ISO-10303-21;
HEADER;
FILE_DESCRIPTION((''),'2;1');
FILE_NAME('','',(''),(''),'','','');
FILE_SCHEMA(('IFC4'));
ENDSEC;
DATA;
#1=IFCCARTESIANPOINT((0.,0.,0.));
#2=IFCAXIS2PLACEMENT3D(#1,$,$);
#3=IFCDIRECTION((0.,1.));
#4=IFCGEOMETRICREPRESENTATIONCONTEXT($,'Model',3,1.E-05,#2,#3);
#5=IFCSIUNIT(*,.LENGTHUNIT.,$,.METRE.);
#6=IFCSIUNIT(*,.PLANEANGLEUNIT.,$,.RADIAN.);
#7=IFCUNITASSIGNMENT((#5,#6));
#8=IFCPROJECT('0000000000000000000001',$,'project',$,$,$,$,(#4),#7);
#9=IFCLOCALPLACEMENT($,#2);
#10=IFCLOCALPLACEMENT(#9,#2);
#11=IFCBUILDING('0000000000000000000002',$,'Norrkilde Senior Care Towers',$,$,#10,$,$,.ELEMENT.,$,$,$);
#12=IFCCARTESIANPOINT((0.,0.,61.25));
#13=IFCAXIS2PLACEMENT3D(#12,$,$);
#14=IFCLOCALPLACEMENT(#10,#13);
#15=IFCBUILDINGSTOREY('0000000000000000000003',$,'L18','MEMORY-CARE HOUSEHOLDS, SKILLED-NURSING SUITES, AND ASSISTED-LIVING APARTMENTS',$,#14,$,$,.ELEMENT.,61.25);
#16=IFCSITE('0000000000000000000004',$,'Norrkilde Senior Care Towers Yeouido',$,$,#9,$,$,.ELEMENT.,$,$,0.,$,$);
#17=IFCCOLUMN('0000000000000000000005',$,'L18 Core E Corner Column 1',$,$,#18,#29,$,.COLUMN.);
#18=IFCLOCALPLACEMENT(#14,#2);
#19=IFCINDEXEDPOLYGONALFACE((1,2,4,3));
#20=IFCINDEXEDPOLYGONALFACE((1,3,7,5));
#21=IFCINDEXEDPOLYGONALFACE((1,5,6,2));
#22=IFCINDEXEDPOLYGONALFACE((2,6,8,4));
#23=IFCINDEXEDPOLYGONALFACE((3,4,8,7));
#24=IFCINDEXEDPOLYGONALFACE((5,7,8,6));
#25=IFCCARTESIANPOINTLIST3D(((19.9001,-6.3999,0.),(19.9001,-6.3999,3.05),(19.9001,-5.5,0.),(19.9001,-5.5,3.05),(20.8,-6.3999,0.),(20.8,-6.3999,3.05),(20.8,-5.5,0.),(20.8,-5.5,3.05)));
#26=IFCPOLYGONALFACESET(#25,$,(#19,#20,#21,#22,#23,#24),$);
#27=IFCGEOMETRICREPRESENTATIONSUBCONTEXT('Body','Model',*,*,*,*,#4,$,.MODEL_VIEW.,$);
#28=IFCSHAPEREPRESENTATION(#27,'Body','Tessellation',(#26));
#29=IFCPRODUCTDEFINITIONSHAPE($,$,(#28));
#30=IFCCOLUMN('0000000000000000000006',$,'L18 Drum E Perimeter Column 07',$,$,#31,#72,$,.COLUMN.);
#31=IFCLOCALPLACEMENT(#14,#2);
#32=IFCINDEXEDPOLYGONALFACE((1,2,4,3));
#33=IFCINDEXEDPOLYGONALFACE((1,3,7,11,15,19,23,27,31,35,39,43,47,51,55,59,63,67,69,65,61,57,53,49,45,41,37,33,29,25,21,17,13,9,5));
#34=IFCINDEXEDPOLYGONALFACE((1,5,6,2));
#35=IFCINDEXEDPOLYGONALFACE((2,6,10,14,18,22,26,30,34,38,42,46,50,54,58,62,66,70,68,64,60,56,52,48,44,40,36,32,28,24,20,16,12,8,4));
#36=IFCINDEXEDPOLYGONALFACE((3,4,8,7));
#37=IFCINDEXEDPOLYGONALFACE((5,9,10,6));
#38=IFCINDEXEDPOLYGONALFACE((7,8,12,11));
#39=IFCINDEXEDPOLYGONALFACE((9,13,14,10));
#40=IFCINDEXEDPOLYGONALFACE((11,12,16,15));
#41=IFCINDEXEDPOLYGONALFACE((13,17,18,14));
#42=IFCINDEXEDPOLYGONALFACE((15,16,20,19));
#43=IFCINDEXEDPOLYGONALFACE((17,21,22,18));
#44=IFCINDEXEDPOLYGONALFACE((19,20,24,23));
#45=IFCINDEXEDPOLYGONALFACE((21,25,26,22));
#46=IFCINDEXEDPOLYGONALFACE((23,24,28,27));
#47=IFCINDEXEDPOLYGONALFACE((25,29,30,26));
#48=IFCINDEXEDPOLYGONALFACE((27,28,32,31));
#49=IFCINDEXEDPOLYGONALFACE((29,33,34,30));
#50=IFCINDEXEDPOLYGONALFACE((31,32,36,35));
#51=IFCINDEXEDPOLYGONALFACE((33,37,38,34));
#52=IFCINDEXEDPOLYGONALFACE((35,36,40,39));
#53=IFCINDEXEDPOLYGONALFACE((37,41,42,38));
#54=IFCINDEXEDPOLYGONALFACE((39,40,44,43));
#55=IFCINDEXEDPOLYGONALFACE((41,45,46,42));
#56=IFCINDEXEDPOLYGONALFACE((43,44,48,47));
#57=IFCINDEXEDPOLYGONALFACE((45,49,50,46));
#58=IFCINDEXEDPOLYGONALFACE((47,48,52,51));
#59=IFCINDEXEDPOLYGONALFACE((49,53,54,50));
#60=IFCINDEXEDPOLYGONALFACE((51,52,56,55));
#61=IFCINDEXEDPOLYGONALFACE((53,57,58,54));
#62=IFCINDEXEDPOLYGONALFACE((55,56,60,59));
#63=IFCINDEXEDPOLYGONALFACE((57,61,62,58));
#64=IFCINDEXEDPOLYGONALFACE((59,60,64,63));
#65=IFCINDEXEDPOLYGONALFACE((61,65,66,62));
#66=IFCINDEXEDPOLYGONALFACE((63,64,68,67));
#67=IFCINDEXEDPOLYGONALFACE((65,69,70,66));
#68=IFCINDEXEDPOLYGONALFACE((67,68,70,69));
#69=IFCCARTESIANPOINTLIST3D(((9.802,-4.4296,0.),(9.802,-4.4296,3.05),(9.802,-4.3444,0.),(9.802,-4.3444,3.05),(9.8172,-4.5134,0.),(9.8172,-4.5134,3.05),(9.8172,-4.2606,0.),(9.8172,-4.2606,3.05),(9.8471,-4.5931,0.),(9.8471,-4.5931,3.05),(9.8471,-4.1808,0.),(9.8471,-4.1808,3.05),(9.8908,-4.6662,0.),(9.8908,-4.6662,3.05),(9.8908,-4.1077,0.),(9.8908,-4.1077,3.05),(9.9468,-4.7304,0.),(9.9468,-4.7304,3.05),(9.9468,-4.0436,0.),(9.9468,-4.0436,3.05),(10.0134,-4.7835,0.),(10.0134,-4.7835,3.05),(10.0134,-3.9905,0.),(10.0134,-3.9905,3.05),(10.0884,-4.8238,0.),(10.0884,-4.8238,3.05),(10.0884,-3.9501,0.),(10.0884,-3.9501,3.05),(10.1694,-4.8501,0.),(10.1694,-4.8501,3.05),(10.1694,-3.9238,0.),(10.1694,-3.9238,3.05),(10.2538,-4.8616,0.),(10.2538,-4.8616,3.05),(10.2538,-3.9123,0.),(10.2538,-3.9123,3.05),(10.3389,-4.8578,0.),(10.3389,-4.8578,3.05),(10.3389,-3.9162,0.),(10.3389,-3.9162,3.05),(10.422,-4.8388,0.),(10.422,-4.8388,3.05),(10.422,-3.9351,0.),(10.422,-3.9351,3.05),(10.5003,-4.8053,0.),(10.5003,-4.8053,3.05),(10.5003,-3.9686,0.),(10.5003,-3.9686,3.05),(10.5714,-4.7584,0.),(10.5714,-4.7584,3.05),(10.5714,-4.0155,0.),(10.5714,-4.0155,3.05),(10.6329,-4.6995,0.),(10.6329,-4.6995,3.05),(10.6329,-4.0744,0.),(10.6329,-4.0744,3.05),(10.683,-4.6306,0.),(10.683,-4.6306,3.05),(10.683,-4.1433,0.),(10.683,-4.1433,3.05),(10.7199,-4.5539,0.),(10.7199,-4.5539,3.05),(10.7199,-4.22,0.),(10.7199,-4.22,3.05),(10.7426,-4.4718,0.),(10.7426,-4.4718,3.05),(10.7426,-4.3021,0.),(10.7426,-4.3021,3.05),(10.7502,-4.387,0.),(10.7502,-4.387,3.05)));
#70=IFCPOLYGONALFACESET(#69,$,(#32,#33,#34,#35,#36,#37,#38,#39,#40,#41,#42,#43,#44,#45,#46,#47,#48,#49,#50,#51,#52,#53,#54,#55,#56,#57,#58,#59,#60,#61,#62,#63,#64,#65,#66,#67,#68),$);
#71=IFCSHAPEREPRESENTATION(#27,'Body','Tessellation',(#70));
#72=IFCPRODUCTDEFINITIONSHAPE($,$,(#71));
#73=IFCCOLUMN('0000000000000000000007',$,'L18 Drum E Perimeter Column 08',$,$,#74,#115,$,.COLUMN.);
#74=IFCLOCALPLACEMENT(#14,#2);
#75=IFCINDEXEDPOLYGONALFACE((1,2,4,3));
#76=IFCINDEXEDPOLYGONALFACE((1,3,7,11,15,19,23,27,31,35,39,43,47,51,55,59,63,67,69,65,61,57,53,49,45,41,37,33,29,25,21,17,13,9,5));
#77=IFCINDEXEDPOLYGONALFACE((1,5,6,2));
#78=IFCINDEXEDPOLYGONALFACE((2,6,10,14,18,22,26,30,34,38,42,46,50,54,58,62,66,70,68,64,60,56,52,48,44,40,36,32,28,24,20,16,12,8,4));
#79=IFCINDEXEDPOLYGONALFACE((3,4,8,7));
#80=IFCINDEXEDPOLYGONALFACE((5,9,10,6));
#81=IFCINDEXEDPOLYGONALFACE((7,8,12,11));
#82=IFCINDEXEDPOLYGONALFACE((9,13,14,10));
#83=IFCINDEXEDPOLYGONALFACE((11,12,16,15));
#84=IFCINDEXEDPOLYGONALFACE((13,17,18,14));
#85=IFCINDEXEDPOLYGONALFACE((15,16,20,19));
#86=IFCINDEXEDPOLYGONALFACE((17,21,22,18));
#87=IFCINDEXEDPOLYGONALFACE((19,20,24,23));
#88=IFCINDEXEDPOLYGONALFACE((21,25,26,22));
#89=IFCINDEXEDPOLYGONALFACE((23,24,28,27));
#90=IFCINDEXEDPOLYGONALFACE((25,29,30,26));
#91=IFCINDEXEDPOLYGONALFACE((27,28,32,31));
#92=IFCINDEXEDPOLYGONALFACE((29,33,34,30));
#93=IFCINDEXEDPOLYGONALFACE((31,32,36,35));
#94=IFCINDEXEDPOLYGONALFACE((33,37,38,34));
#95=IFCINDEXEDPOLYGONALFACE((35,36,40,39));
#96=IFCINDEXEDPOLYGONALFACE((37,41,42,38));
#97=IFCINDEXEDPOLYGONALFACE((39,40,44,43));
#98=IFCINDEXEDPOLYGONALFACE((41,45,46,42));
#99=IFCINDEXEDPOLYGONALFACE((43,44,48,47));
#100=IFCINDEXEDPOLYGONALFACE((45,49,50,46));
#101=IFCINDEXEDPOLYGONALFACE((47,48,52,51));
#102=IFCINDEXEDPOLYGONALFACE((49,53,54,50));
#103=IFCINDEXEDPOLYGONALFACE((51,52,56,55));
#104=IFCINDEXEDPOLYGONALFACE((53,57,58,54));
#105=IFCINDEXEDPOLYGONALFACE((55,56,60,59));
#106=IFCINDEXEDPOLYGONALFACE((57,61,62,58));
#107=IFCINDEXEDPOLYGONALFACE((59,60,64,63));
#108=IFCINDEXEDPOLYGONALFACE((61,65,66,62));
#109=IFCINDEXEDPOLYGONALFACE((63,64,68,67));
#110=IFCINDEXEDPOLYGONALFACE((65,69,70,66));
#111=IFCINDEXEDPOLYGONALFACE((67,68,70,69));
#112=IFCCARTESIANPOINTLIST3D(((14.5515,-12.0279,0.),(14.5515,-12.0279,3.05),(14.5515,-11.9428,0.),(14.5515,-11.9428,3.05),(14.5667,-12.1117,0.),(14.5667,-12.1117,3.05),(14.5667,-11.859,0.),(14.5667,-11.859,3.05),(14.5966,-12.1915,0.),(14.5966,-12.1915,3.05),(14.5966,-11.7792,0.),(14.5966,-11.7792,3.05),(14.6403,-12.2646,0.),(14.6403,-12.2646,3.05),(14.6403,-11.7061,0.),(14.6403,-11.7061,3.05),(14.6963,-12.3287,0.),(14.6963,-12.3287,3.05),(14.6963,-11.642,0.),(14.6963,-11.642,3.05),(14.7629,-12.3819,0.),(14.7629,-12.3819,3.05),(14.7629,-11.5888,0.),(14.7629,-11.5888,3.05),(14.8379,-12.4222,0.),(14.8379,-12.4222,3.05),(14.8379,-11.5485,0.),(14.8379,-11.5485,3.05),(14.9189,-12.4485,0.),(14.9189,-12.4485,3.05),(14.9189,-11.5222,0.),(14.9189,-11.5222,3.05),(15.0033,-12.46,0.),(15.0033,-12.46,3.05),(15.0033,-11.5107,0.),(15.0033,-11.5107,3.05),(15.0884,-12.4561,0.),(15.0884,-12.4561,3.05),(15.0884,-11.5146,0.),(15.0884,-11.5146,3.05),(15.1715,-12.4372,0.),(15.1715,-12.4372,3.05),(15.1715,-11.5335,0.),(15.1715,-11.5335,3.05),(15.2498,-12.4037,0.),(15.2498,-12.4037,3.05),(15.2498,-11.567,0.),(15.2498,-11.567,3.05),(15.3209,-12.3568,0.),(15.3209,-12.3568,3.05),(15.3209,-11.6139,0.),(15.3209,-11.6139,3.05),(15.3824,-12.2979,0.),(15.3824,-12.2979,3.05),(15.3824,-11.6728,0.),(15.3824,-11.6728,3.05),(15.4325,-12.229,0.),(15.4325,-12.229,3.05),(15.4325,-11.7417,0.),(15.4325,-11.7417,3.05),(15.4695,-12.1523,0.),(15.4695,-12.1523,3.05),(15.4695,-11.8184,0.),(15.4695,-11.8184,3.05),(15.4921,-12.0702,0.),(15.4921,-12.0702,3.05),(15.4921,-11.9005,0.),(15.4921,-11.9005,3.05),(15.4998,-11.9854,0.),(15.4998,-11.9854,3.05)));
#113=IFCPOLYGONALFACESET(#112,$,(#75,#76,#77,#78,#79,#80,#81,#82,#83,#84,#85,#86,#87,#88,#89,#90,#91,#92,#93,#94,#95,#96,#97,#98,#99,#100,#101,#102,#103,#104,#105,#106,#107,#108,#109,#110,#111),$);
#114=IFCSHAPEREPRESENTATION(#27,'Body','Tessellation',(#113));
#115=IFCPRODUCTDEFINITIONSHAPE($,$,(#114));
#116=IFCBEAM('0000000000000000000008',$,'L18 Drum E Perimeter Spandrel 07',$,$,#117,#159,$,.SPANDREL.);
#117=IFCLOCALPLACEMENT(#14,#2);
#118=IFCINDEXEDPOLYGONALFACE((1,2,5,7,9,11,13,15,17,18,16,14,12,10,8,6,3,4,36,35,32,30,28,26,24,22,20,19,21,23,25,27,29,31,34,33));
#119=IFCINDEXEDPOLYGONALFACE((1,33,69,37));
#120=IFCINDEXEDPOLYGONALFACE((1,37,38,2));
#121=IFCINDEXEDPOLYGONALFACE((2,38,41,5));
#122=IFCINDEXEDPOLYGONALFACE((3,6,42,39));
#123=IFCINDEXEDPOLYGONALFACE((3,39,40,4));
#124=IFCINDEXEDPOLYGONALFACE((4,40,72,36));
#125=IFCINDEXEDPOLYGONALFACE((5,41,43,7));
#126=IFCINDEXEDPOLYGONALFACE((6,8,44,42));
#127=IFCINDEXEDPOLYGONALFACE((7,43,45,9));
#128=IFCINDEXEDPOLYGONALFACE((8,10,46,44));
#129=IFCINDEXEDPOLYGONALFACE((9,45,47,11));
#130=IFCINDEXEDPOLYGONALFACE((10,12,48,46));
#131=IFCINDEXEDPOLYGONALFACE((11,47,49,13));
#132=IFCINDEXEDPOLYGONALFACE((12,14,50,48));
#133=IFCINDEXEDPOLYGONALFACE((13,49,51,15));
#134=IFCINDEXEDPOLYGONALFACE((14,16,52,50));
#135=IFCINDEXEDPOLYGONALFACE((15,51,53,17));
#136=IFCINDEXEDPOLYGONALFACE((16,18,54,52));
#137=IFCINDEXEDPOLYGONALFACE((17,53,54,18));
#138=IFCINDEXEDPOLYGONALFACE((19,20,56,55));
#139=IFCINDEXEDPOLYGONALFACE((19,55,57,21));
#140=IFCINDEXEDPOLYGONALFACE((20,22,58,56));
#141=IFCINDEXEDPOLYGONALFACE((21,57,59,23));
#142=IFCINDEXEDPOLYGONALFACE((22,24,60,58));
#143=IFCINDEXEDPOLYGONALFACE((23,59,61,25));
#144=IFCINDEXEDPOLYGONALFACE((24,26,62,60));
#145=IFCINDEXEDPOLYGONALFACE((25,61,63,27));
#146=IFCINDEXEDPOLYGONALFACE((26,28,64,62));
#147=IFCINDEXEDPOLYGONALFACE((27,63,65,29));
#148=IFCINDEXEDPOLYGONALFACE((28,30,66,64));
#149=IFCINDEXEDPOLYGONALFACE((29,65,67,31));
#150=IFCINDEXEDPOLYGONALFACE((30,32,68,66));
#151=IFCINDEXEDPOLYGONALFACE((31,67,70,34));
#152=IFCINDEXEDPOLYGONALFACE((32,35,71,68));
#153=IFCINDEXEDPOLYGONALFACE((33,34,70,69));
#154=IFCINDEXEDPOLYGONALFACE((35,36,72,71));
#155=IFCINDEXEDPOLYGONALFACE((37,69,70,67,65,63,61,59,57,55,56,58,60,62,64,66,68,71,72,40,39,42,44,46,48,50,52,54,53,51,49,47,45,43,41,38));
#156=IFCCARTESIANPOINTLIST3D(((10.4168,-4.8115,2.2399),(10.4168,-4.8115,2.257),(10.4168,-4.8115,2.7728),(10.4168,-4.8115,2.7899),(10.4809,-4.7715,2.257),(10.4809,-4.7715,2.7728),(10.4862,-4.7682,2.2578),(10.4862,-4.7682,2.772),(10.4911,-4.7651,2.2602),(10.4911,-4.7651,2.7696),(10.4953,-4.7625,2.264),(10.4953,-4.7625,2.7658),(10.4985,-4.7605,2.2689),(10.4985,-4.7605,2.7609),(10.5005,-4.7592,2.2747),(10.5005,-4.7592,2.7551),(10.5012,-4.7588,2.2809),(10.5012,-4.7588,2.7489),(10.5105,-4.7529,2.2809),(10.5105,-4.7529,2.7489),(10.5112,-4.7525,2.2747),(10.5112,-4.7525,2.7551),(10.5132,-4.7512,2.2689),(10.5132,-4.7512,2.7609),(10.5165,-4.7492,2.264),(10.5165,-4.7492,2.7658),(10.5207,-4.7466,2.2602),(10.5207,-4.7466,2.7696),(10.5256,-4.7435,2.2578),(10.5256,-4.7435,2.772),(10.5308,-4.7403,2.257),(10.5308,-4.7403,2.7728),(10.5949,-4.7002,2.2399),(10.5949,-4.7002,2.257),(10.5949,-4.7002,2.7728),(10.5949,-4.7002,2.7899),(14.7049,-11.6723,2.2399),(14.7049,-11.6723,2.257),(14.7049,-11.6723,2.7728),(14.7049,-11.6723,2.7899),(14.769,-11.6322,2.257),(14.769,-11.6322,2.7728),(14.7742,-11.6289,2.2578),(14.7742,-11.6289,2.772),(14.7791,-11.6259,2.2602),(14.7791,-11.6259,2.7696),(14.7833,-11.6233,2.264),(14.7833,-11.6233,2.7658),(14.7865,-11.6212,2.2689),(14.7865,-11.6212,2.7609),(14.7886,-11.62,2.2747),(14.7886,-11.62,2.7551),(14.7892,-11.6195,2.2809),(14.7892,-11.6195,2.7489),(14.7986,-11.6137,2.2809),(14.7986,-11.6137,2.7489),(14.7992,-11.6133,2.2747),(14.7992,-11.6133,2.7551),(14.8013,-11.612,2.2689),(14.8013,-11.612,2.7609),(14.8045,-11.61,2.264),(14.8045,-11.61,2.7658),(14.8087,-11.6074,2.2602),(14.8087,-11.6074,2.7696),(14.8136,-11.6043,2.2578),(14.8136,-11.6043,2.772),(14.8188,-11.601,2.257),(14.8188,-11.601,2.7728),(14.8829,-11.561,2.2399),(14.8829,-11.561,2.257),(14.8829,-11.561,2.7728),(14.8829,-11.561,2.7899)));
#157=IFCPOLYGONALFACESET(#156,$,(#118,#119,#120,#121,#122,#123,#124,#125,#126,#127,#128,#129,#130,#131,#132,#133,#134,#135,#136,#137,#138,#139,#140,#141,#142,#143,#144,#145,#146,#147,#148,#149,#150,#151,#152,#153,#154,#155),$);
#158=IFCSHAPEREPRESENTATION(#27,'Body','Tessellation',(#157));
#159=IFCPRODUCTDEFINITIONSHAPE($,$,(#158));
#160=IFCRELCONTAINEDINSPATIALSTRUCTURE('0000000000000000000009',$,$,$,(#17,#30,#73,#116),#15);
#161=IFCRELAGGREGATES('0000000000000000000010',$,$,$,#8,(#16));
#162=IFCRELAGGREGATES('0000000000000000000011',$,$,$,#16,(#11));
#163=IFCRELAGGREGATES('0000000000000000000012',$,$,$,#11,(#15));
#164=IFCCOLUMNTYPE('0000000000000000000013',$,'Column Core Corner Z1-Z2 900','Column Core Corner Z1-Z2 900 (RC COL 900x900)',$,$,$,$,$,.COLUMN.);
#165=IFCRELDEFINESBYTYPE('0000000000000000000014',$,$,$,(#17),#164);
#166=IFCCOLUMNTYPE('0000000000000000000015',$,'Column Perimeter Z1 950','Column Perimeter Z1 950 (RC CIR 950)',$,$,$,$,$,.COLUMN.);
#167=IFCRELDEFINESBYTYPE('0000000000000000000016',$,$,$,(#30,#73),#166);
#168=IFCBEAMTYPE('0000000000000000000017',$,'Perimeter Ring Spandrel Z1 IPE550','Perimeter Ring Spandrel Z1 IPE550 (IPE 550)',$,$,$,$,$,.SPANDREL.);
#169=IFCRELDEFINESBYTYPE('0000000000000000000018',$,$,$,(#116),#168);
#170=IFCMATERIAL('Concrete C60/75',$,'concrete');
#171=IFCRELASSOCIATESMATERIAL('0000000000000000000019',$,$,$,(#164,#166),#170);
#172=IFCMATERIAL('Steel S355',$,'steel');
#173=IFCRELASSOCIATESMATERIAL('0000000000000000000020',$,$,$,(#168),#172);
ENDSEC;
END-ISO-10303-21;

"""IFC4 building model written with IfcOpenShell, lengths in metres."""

from ifc_helpers import new_model, si_unit, direction, frame, origin, origin_2d, place, context, subcontext, project, spatial, rectangle, circle, i_section, extrude, source, transform, mapped, material, material_profile, profile_set, type_object, type_shapes, element, save


model = new_model("IFC4")

# Units and contexts
model_context = context("Model", 3, precision=1e-05, world=origin(), true_north=direction((0.0, 1.0)))
body_context = subcontext(model_context, "Body", "Model", "MODEL_VIEW")
ifc_project = project(units=[si_unit("LENGTHUNIT", "METRE"), si_unit("PLANEANGLEUNIT", "RADIAN")], contexts=[model_context])

# Site, building, storey
site_placement = place(None, origin())
site = spatial("IfcSite", under=ifc_project, at=site_placement, Name="Norrkilde Senior Care Towers Yeouido", CompositionType="ELEMENT", RefElevation=0.0)
building_placement = place(site_placement, origin())
building = spatial("IfcBuilding", under=site, at=building_placement, Name="Norrkilde Senior Care Towers", CompositionType="ELEMENT")
storey_placement = place(building_placement, frame((0.0, 0.0, 61.25)))
storey = spatial("IfcBuildingStorey", under=building, at=storey_placement, Name="L18", Description="MEMORY-CARE HOUSEHOLDS, SKILLED-NURSING SUITES, AND ASSISTED-LIVING APARTMENTS", CompositionType="ELEMENT", Elevation=61.25)

# Columns
ifc_material_1 = material(Name="Concrete C60/75", Category="concrete")
ifc_material_profile_1 = material_profile(ifc_material_1, rectangle(XDim=0.8999, YDim=0.8999, at=origin_2d()), Name="RC COL 900x900")
ifc_profile_set_1 = profile_set([ifc_material_profile_1], Name="Concrete C60/75")
column_type_1 = type_object("IfcColumnType", Name="Column Core Corner Z1-Z2 900", Description="Column Core Corner Z1-Z2 900 (RC COL 900x900)", PredefinedType="COLUMN", material=ifc_profile_set_1)
shared_shape_1 = source(origin(), body_context, "Body", "SweptSolid", [
    extrude(rectangle(XDim=0.8999, YDim=0.8999, at=origin_2d()), origin(), (0.0, 0.0, 1.0), 3.05),
])
type_shapes(column_type_1, [shared_shape_1])
column_placement = place(storey_placement, frame((20.3501, -5.95, 0.0), z_axis=(0.0, 0.0, 1.0), x_axis=(1.0, 0.0, 0.0)))
element("IfcColumn", 1, at=column_placement, inside=storey, type_object=column_type_1, Name="L18 Core E Corner Column 1", PredefinedType="COLUMN", context=body_context, shape_type="MappedRepresentation", body=[
    mapped(shared_shape_1, transform((0.0, 0.0, 0.0), x_axis=(1.0, 0.0, 0.0), y_axis=(0.0, 1.0, 0.0), z_axis=(0.0, 0.0, 1.0), scale=1.0)),
])
ifc_material_profile_2 = material_profile(ifc_material_1, circle(Radius=0.4751, at=origin_2d()), Name="RC CIR 950")
ifc_profile_set_2 = profile_set([ifc_material_profile_2], Name="Concrete C60/75")
column_type_2 = type_object("IfcColumnType", Name="Column Perimeter Z1 950", Description="Column Perimeter Z1 950 (RC CIR 950)", PredefinedType="COLUMN", material=ifc_profile_set_2)
shared_shape_2 = source(origin(), body_context, "Body", "SweptSolid", [
    extrude(circle(Radius=0.4751, at=origin_2d()), origin(), (0.0, 0.0, 1.0), 3.05),
])
type_shapes(column_type_2, [shared_shape_2])
for number, where, z_axis, x_axis, name in (
    (2, (10.2751, -4.387, 0.0), (0.0, 0.0, 1.0), (1.0, 0.0, 0.0), "L18 Drum E Perimeter Column 07"),
    (3, (15.0247, -11.9854, 0.0), (0.0, 0.0, 1.0), (1.0, 0.0, 0.0), "L18 Drum E Perimeter Column 08"),
):
    element("IfcColumn", number, at=place(storey_placement, frame(where, z_axis=z_axis, x_axis=x_axis)), inside=storey, type_object=column_type_2, Name=name, PredefinedType="COLUMN", context=body_context, shape_type="MappedRepresentation", body=[
        mapped(shared_shape_2, transform((0.0, 0.0, 0.0), x_axis=(1.0, 0.0, 0.0), y_axis=(0.0, 1.0, 0.0), z_axis=(0.0, 0.0, 1.0), scale=1.0)),
    ])

# Beam
ifc_material_2 = material(Name="Steel S355", Category="steel")
ifc_material_profile_3 = material_profile(ifc_material_2, i_section(OverallWidth=0.21, OverallDepth=0.55, WebThickness=0.011, FlangeThickness=0.0171, FilletRadius=0.0239, at=origin_2d()), Name="IPE 550")
ifc_profile_set_3 = profile_set([ifc_material_profile_3], Name="Steel S355")
beam_type_1 = type_object("IfcBeamType", Name="Perimeter Ring Spandrel Z1 IPE550", Description="Perimeter Ring Spandrel Z1 IPE550 (IPE 550)", PredefinedType="SPANDREL", material=ifc_profile_set_3)
shared_shape_3 = source(origin(), body_context, "Body", "SweptSolid", [
    extrude(i_section(OverallWidth=0.21, OverallDepth=0.55, WebThickness=0.011, FlangeThickness=0.0171, FilletRadius=0.0239, at=origin_2d()), origin(), (0.0, 0.0, 1.0), 8.0906),
])
beam_1_placement = place(storey_placement, frame((10.5059, -4.7559, 2.5149), z_axis=(0.530004, -0.847995, 0.0), x_axis=(0.847995, 0.530004, 0.0)))
element("IfcBeam", 4, at=beam_1_placement, inside=storey, type_object=beam_type_1, Name="L18 Drum E Perimeter Spandrel 07", PredefinedType="SPANDREL", context=body_context, shape_type="MappedRepresentation", body=[
    mapped(shared_shape_3, transform((0.0, 0.0, 0.0), x_axis=(1.0, 0.0, 0.0), y_axis=(0.0, 1.0, 0.0), z_axis=(0.0, 0.0, 1.0), scale=1.0)),
])

save(model, "model.ifc")
